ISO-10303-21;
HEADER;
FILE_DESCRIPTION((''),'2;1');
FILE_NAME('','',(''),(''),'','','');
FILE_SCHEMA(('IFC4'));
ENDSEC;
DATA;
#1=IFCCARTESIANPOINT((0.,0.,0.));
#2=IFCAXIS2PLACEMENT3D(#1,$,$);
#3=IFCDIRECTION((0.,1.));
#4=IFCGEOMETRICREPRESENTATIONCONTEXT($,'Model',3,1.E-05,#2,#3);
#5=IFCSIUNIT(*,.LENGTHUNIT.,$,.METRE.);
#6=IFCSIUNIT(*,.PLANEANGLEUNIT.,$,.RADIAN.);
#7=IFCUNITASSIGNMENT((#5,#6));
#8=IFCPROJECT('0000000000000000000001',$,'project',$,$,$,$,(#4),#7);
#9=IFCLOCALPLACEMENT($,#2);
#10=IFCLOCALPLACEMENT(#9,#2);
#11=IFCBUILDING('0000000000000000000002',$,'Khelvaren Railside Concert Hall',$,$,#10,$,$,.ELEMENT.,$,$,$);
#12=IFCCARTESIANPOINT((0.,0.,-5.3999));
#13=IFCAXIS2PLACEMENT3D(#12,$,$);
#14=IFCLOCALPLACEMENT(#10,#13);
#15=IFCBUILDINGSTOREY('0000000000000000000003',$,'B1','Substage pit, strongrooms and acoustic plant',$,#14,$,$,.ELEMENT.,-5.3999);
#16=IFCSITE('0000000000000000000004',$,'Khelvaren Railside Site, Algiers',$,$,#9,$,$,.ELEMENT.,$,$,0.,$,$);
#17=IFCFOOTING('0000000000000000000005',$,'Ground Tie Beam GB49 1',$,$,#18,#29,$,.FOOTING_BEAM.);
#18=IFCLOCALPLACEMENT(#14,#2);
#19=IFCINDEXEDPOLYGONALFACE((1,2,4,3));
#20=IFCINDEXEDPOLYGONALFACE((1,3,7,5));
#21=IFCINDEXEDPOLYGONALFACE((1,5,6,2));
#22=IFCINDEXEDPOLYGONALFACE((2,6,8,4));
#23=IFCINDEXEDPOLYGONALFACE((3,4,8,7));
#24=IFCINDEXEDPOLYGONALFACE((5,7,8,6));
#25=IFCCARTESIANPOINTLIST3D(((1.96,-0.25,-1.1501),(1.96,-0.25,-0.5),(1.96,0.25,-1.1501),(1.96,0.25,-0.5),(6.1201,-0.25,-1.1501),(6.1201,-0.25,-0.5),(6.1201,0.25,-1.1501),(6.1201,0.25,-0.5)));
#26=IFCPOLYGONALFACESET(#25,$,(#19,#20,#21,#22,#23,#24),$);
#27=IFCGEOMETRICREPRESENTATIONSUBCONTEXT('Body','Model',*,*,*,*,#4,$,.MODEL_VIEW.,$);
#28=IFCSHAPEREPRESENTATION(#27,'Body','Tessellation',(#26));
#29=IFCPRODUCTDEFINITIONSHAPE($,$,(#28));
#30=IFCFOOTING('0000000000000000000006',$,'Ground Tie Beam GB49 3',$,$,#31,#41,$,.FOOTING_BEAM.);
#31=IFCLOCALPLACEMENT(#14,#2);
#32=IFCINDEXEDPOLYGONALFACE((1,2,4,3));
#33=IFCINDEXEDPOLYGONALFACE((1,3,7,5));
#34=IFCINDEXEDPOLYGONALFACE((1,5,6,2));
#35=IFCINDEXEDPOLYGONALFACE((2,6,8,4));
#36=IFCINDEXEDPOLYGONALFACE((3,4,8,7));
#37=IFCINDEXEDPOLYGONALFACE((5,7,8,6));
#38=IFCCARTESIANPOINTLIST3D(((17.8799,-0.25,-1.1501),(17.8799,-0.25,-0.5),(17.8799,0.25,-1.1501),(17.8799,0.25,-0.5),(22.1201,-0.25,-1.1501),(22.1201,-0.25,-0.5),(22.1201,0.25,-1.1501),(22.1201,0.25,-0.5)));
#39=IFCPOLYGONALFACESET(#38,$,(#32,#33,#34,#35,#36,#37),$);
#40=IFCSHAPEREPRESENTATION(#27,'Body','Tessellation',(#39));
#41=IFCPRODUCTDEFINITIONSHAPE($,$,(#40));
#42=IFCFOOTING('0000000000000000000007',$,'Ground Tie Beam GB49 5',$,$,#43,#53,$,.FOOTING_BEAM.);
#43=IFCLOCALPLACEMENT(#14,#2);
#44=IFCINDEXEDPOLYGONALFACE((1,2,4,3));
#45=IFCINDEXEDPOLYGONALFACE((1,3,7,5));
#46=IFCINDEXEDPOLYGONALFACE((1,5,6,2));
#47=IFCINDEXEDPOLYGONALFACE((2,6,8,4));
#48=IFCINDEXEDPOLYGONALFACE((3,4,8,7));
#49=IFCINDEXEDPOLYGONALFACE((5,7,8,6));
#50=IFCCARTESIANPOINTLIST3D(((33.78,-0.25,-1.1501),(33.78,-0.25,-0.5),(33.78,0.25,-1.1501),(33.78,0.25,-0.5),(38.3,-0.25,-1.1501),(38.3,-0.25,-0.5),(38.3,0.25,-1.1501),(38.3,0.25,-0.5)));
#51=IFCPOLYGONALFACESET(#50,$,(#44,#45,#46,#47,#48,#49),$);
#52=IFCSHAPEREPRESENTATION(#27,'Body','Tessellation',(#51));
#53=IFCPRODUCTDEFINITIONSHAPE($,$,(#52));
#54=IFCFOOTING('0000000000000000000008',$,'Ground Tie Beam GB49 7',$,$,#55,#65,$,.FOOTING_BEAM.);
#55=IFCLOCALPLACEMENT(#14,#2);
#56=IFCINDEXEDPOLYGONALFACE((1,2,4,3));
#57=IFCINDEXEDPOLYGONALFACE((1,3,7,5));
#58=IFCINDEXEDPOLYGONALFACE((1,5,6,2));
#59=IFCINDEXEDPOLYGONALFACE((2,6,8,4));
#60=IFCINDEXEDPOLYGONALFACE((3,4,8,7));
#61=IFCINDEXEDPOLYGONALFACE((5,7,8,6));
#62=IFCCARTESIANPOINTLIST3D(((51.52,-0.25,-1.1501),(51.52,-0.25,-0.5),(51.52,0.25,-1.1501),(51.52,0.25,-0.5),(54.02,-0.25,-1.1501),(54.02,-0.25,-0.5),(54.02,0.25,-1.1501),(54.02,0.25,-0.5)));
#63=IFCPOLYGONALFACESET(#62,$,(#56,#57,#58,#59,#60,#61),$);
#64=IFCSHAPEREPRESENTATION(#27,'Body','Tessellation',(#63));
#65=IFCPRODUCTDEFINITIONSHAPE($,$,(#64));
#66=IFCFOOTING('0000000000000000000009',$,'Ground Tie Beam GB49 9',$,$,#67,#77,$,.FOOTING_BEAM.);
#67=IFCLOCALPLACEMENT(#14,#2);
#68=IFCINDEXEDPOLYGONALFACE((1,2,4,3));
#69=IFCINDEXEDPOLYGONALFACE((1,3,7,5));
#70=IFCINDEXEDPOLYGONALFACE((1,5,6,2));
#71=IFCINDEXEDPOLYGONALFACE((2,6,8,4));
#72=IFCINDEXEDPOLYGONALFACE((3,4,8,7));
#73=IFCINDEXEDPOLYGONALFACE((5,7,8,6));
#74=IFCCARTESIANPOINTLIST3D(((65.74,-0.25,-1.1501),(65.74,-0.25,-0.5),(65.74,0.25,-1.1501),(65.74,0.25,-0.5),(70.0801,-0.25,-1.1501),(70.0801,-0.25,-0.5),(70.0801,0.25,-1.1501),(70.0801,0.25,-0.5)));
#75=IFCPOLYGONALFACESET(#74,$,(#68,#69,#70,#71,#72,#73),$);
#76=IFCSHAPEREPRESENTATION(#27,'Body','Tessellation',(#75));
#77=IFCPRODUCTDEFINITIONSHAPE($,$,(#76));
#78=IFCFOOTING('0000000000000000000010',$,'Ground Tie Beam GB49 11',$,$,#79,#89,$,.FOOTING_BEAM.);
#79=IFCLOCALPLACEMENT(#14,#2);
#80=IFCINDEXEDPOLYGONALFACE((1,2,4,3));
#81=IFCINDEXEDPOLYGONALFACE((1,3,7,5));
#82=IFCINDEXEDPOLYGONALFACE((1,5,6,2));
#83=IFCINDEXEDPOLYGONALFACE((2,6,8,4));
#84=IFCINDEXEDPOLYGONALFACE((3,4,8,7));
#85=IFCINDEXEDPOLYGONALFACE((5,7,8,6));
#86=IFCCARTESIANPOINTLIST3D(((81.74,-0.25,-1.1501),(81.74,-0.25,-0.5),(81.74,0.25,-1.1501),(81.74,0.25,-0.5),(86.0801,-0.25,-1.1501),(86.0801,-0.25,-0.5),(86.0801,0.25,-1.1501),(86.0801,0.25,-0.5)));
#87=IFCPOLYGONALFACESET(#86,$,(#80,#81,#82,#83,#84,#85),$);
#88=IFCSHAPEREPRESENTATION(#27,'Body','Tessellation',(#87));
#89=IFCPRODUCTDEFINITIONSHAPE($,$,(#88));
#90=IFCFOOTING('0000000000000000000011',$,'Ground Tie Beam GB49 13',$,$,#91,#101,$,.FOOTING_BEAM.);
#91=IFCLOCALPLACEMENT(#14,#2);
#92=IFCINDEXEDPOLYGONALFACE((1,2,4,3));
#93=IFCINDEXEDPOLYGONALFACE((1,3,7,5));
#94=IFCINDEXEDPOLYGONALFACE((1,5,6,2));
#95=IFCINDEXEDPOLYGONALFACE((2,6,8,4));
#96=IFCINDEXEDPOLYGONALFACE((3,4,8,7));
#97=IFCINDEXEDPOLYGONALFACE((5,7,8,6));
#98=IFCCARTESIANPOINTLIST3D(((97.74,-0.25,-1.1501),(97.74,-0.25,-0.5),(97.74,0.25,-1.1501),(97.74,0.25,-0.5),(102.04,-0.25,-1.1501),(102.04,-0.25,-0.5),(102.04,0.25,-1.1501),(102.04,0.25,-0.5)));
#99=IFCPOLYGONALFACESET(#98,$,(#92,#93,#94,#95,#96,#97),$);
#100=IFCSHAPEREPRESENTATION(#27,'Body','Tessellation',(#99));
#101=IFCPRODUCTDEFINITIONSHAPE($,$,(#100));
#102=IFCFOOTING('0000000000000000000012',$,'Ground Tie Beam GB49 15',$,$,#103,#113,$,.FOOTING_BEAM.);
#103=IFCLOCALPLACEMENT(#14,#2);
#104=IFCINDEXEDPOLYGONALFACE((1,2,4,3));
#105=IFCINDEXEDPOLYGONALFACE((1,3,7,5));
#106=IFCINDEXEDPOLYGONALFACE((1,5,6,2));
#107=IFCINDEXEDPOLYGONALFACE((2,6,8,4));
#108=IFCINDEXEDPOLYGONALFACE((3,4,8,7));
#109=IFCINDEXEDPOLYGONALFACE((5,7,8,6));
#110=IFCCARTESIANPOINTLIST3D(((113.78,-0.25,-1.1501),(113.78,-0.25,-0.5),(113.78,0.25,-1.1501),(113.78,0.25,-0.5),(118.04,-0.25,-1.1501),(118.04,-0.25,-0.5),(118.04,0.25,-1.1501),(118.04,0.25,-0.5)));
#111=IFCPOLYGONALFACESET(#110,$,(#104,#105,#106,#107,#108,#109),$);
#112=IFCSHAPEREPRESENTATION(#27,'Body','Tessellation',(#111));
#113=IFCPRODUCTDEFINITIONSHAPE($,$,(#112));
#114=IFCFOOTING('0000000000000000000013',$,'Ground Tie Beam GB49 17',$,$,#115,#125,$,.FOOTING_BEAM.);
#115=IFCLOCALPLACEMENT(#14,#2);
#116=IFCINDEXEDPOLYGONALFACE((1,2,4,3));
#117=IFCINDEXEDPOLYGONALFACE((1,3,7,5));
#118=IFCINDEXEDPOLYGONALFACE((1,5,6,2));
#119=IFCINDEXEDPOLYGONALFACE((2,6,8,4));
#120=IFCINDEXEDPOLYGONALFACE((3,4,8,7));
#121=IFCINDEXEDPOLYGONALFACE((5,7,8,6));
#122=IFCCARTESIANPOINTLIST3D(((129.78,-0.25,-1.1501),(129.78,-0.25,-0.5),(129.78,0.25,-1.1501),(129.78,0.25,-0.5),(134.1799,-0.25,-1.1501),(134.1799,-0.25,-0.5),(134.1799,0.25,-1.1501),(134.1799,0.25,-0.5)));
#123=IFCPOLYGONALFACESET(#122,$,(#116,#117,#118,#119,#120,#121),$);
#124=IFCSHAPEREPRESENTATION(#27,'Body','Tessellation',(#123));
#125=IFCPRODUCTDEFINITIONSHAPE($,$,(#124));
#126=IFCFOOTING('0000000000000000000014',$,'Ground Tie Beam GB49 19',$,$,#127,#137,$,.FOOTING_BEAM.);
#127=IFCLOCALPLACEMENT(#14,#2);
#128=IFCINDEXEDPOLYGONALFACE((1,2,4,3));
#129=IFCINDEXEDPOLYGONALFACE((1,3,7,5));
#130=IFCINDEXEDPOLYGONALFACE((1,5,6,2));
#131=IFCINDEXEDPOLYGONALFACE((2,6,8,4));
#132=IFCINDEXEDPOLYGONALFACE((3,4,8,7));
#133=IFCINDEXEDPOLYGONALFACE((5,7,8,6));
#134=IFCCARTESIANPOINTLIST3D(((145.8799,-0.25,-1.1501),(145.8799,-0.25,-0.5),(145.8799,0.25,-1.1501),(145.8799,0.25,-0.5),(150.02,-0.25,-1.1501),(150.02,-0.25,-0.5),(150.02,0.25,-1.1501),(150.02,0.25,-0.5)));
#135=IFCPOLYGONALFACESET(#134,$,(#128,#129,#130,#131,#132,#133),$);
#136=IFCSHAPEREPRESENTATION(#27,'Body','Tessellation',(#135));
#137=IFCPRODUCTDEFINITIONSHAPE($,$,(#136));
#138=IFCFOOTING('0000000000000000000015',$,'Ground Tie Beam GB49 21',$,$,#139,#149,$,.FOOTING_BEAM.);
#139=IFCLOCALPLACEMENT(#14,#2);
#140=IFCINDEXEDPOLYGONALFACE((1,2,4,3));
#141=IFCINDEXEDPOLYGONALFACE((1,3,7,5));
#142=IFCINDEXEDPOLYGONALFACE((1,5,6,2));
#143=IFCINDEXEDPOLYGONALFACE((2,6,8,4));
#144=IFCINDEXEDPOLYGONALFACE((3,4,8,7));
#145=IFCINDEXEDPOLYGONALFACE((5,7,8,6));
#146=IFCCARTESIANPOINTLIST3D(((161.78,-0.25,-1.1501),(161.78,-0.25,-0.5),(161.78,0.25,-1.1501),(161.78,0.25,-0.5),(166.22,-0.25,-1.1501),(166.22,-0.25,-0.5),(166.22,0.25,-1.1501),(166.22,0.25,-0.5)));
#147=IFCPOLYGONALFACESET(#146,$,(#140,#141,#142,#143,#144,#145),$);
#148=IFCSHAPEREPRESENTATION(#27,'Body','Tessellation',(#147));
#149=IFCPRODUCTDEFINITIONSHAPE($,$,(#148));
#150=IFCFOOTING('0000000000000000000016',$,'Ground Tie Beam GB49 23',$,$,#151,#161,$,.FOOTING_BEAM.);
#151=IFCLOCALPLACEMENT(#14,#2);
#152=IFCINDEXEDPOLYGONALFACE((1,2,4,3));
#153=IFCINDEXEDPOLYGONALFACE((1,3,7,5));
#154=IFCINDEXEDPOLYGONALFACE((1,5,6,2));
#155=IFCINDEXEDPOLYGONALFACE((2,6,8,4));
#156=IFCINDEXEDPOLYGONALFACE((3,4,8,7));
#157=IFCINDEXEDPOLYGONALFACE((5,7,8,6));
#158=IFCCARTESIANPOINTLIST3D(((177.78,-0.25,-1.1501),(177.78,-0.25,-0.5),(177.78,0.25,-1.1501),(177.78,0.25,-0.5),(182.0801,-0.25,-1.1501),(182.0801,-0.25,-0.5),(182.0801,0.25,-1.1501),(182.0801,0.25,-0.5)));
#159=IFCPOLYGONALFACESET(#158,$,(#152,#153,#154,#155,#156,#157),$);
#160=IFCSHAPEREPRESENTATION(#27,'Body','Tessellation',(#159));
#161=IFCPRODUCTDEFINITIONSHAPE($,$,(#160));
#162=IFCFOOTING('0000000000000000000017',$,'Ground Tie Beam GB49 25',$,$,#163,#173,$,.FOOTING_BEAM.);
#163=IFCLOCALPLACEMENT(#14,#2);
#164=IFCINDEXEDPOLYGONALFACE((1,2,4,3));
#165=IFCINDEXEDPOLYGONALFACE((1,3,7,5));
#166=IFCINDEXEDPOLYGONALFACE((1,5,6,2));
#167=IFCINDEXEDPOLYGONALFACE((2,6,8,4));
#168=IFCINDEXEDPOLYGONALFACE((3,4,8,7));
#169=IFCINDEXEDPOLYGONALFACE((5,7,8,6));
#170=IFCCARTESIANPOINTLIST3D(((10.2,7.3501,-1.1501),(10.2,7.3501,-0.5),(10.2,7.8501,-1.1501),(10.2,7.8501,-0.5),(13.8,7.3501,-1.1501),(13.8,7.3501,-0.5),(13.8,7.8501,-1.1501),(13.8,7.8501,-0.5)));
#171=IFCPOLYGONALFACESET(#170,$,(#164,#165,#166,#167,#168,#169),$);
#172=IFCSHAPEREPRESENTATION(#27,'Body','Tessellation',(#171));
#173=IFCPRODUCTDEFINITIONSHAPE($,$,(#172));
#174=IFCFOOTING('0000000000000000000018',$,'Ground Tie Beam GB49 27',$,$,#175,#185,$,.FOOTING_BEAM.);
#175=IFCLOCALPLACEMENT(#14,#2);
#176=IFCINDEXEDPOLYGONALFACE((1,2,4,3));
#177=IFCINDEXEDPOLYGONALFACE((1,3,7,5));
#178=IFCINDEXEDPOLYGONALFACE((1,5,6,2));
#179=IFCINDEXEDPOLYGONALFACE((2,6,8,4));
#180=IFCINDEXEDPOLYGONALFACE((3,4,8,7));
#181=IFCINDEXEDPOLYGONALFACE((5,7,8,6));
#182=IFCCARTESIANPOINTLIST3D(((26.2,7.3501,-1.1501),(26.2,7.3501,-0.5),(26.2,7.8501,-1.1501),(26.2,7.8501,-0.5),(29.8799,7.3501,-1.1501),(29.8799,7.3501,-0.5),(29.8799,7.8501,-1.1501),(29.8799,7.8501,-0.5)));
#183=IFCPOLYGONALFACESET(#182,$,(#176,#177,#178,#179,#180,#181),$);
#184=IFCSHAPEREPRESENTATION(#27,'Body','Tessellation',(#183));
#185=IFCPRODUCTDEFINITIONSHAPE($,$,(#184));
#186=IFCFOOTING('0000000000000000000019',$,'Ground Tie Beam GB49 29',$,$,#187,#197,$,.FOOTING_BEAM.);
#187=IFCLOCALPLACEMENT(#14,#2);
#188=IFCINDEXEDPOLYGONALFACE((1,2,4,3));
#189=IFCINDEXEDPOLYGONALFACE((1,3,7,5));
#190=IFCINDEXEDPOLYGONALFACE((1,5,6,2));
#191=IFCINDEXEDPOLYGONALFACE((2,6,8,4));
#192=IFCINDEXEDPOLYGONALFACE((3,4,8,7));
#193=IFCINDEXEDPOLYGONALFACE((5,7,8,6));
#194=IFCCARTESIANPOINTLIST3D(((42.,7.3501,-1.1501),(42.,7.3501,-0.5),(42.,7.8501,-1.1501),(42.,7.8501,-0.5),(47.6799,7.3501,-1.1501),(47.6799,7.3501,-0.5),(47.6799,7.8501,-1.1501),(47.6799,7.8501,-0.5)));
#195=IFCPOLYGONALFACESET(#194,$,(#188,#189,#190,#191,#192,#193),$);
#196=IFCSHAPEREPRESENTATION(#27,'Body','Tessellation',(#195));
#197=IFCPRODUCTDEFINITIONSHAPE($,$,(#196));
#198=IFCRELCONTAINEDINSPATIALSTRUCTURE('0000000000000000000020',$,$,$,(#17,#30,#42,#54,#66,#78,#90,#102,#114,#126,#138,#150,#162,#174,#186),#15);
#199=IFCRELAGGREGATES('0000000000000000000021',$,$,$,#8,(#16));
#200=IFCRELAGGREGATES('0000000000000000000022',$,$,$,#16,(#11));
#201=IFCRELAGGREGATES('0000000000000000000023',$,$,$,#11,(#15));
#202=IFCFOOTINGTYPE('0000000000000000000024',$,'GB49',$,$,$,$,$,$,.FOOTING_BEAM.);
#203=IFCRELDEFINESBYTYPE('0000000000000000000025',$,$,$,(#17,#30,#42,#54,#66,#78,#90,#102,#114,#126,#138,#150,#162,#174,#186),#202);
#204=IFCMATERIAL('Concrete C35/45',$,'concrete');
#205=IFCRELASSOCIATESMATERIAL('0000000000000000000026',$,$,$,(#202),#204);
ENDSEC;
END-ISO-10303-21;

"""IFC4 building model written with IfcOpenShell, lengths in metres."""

from ifc_helpers import new_model, si_unit, direction, frame, origin, place, context, subcontext, project, spatial, polyline, outline, extrude, material, type_object, element, save


model = new_model("IFC4")

# Units and contexts
model_context = context("Model", 3, precision=1e-05, world=origin(), true_north=direction((0.0, 1.0)))
body_context = subcontext(model_context, "Body", "Model", "MODEL_VIEW")
ifc_project = project(units=[si_unit("LENGTHUNIT", "METRE"), si_unit("PLANEANGLEUNIT", "RADIAN")], contexts=[model_context])

# Site, building, storey
site_placement = place(None, origin())
site = spatial("IfcSite", under=ifc_project, at=site_placement, Name="Khelvaren Railside Site, Algiers", CompositionType="ELEMENT", RefElevation=0.0)
building_placement = place(site_placement, origin())
building = spatial("IfcBuilding", under=site, at=building_placement, Name="Khelvaren Railside Concert Hall", CompositionType="ELEMENT")
storey_placement = place(building_placement, frame((0.0, 0.0, -5.3999)))
storey = spatial("IfcBuildingStorey", under=building, at=storey_placement, Name="B1", Description="Substage pit, strongrooms and acoustic plant", CompositionType="ELEMENT", Elevation=-5.3999)

# Footings
ifc_material = material(Name="Concrete C35/45", Category="concrete")
footing_type_1 = type_object("IfcFootingType", Name="GB49", PredefinedType="FOOTING_BEAM", material=ifc_material)
footing_1_placement = place(storey_placement, frame((0.0, 0.0, -1.1501)))
element("IfcFooting", 1, at=footing_1_placement, inside=storey, type_object=footing_type_1, Name="Ground Tie Beam GB49 1", PredefinedType="FOOTING_BEAM", context=body_context, shape_type="SweptSolid", body=[
    extrude(outline(polyline([(1.96, -0.25), (6.1201, -0.25), (6.1201, 0.25), (1.96, 0.25), (1.96, -0.25)])), origin(), (0.0, 0.0, 1.0), 0.6501),
])
footing_2_placement = place(storey_placement, frame((0.0, 0.0, -1.1501)))
element("IfcFooting", 2, at=footing_2_placement, inside=storey, type_object=footing_type_1, Name="Ground Tie Beam GB49 3", PredefinedType="FOOTING_BEAM", context=body_context, shape_type="SweptSolid", body=[
    extrude(outline(polyline([(17.8799, -0.25), (22.1201, -0.25), (22.1201, 0.25), (17.8799, 0.25), (17.8799, -0.25)])), origin(), (0.0, 0.0, 1.0), 0.6501),
])
footing_3_placement = place(storey_placement, frame((0.0, 0.0, -1.1501)))
element("IfcFooting", 3, at=footing_3_placement, inside=storey, type_object=footing_type_1, Name="Ground Tie Beam GB49 5", PredefinedType="FOOTING_BEAM", context=body_context, shape_type="SweptSolid", body=[
    extrude(outline(polyline([(33.78, -0.25), (38.3, -0.25), (38.3, 0.25), (33.78, 0.25), (33.78, -0.25)])), origin(), (0.0, 0.0, 1.0), 0.6501),
])
footing_4_placement = place(storey_placement, frame((0.0, 0.0, -1.1501)))
element("IfcFooting", 4, at=footing_4_placement, inside=storey, type_object=footing_type_1, Name="Ground Tie Beam GB49 7", PredefinedType="FOOTING_BEAM", context=body_context, shape_type="SweptSolid", body=[
    extrude(outline(polyline([(51.52, -0.25), (54.02, -0.25), (54.02, 0.25), (51.52, 0.25), (51.52, -0.25)])), origin(), (0.0, 0.0, 1.0), 0.6501),
])
footing_5_placement = place(storey_placement, frame((0.0, 0.0, -1.1501)))
element("IfcFooting", 5, at=footing_5_placement, inside=storey, type_object=footing_type_1, Name="Ground Tie Beam GB49 9", PredefinedType="FOOTING_BEAM", context=body_context, shape_type="SweptSolid", body=[
    extrude(outline(polyline([(65.74, -0.25), (70.0801, -0.25), (70.0801, 0.25), (65.74, 0.25), (65.74, -0.25)])), origin(), (0.0, 0.0, 1.0), 0.6501),
])
footing_6_placement = place(storey_placement, frame((0.0, 0.0, -1.1501)))
element("IfcFooting", 6, at=footing_6_placement, inside=storey, type_object=footing_type_1, Name="Ground Tie Beam GB49 11", PredefinedType="FOOTING_BEAM", context=body_context, shape_type="SweptSolid", body=[
    extrude(outline(polyline([(81.74, -0.25), (86.0801, -0.25), (86.0801, 0.25), (81.74, 0.25), (81.74, -0.25)])), origin(), (0.0, 0.0, 1.0), 0.6501),
])
footing_7_placement = place(storey_placement, frame((0.0, 0.0, -1.1501)))
element("IfcFooting", 7, at=footing_7_placement, inside=storey, type_object=footing_type_1, Name="Ground Tie Beam GB49 13", PredefinedType="FOOTING_BEAM", context=body_context, shape_type="SweptSolid", body=[
    extrude(outline(polyline([(97.74, -0.25), (102.04, -0.25), (102.04, 0.25), (97.74, 0.25), (97.74, -0.25)])), origin(), (0.0, 0.0, 1.0), 0.6501),
])
footing_8_placement = place(storey_placement, frame((0.0, 0.0, -1.1501)))
element("IfcFooting", 8, at=footing_8_placement, inside=storey, type_object=footing_type_1, Name="Ground Tie Beam GB49 15", PredefinedType="FOOTING_BEAM", context=body_context, shape_type="SweptSolid", body=[
    extrude(outline(polyline([(113.78, -0.25), (118.04, -0.25), (118.04, 0.25), (113.78, 0.25), (113.78, -0.25)])), origin(), (0.0, 0.0, 1.0), 0.6501),
])
footing_9_placement = place(storey_placement, frame((0.0, 0.0, -1.1501)))
element("IfcFooting", 9, at=footing_9_placement, inside=storey, type_object=footing_type_1, Name="Ground Tie Beam GB49 17", PredefinedType="FOOTING_BEAM", context=body_context, shape_type="SweptSolid", body=[
    extrude(outline(polyline([(129.78, -0.25), (134.1799, -0.25), (134.1799, 0.25), (129.78, 0.25), (129.78, -0.25)])), origin(), (0.0, 0.0, 1.0), 0.6501),
])
footing_10_placement = place(storey_placement, frame((0.0, 0.0, -1.1501)))
element("IfcFooting", 10, at=footing_10_placement, inside=storey, type_object=footing_type_1, Name="Ground Tie Beam GB49 19", PredefinedType="FOOTING_BEAM", context=body_context, shape_type="SweptSolid", body=[
    extrude(outline(polyline([(145.8799, -0.25), (150.02, -0.25), (150.02, 0.25), (145.8799, 0.25), (145.8799, -0.25)])), origin(), (0.0, 0.0, 1.0), 0.6501),
])
footing_11_placement = place(storey_placement, frame((0.0, 0.0, -1.1501)))
element("IfcFooting", 11, at=footing_11_placement, inside=storey, type_object=footing_type_1, Name="Ground Tie Beam GB49 21", PredefinedType="FOOTING_BEAM", context=body_context, shape_type="SweptSolid", body=[
    extrude(outline(polyline([(161.78, -0.25), (166.22, -0.25), (166.22, 0.25), (161.78, 0.25), (161.78, -0.25)])), origin(), (0.0, 0.0, 1.0), 0.6501),
])
footing_12_placement = place(storey_placement, frame((0.0, 0.0, -1.1501)))
element("IfcFooting", 12, at=footing_12_placement, inside=storey, type_object=footing_type_1, Name="Ground Tie Beam GB49 23", PredefinedType="FOOTING_BEAM", context=body_context, shape_type="SweptSolid", body=[
    extrude(outline(polyline([(177.78, -0.25), (182.0801, -0.25), (182.0801, 0.25), (177.78, 0.25), (177.78, -0.25)])), origin(), (0.0, 0.0, 1.0), 0.6501),
])
footing_13_placement = place(storey_placement, frame((0.0, 0.0, -1.1501)))
element("IfcFooting", 13, at=footing_13_placement, inside=storey, type_object=footing_type_1, Name="Ground Tie Beam GB49 25", PredefinedType="FOOTING_BEAM", context=body_context, shape_type="SweptSolid", body=[
    extrude(outline(polyline([(10.2, 7.3501), (13.8, 7.3501), (13.8, 7.8501), (10.2, 7.8501), (10.2, 7.3501)])), origin(), (0.0, 0.0, 1.0), 0.6501),
])
footing_14_placement = place(storey_placement, frame((0.0, 0.0, -1.1501)))
element("IfcFooting", 14, at=footing_14_placement, inside=storey, type_object=footing_type_1, Name="Ground Tie Beam GB49 27", PredefinedType="FOOTING_BEAM", context=body_context, shape_type="SweptSolid", body=[
    extrude(outline(polyline([(26.2, 7.3501), (29.8799, 7.3501), (29.8799, 7.8501), (26.2, 7.8501), (26.2, 7.3501)])), origin(), (0.0, 0.0, 1.0), 0.6501),
])
footing_15_placement = place(storey_placement, frame((0.0, 0.0, -1.1501)))
element("IfcFooting", 15, at=footing_15_placement, inside=storey, type_object=footing_type_1, Name="Ground Tie Beam GB49 29", PredefinedType="FOOTING_BEAM", context=body_context, shape_type="SweptSolid", body=[
    extrude(outline(polyline([(42.0, 7.3501), (47.6799, 7.3501), (47.6799, 7.8501), (42.0, 7.8501), (42.0, 7.3501)])), origin(), (0.0, 0.0, 1.0), 0.6501),
])

save(model, "model.ifc")
